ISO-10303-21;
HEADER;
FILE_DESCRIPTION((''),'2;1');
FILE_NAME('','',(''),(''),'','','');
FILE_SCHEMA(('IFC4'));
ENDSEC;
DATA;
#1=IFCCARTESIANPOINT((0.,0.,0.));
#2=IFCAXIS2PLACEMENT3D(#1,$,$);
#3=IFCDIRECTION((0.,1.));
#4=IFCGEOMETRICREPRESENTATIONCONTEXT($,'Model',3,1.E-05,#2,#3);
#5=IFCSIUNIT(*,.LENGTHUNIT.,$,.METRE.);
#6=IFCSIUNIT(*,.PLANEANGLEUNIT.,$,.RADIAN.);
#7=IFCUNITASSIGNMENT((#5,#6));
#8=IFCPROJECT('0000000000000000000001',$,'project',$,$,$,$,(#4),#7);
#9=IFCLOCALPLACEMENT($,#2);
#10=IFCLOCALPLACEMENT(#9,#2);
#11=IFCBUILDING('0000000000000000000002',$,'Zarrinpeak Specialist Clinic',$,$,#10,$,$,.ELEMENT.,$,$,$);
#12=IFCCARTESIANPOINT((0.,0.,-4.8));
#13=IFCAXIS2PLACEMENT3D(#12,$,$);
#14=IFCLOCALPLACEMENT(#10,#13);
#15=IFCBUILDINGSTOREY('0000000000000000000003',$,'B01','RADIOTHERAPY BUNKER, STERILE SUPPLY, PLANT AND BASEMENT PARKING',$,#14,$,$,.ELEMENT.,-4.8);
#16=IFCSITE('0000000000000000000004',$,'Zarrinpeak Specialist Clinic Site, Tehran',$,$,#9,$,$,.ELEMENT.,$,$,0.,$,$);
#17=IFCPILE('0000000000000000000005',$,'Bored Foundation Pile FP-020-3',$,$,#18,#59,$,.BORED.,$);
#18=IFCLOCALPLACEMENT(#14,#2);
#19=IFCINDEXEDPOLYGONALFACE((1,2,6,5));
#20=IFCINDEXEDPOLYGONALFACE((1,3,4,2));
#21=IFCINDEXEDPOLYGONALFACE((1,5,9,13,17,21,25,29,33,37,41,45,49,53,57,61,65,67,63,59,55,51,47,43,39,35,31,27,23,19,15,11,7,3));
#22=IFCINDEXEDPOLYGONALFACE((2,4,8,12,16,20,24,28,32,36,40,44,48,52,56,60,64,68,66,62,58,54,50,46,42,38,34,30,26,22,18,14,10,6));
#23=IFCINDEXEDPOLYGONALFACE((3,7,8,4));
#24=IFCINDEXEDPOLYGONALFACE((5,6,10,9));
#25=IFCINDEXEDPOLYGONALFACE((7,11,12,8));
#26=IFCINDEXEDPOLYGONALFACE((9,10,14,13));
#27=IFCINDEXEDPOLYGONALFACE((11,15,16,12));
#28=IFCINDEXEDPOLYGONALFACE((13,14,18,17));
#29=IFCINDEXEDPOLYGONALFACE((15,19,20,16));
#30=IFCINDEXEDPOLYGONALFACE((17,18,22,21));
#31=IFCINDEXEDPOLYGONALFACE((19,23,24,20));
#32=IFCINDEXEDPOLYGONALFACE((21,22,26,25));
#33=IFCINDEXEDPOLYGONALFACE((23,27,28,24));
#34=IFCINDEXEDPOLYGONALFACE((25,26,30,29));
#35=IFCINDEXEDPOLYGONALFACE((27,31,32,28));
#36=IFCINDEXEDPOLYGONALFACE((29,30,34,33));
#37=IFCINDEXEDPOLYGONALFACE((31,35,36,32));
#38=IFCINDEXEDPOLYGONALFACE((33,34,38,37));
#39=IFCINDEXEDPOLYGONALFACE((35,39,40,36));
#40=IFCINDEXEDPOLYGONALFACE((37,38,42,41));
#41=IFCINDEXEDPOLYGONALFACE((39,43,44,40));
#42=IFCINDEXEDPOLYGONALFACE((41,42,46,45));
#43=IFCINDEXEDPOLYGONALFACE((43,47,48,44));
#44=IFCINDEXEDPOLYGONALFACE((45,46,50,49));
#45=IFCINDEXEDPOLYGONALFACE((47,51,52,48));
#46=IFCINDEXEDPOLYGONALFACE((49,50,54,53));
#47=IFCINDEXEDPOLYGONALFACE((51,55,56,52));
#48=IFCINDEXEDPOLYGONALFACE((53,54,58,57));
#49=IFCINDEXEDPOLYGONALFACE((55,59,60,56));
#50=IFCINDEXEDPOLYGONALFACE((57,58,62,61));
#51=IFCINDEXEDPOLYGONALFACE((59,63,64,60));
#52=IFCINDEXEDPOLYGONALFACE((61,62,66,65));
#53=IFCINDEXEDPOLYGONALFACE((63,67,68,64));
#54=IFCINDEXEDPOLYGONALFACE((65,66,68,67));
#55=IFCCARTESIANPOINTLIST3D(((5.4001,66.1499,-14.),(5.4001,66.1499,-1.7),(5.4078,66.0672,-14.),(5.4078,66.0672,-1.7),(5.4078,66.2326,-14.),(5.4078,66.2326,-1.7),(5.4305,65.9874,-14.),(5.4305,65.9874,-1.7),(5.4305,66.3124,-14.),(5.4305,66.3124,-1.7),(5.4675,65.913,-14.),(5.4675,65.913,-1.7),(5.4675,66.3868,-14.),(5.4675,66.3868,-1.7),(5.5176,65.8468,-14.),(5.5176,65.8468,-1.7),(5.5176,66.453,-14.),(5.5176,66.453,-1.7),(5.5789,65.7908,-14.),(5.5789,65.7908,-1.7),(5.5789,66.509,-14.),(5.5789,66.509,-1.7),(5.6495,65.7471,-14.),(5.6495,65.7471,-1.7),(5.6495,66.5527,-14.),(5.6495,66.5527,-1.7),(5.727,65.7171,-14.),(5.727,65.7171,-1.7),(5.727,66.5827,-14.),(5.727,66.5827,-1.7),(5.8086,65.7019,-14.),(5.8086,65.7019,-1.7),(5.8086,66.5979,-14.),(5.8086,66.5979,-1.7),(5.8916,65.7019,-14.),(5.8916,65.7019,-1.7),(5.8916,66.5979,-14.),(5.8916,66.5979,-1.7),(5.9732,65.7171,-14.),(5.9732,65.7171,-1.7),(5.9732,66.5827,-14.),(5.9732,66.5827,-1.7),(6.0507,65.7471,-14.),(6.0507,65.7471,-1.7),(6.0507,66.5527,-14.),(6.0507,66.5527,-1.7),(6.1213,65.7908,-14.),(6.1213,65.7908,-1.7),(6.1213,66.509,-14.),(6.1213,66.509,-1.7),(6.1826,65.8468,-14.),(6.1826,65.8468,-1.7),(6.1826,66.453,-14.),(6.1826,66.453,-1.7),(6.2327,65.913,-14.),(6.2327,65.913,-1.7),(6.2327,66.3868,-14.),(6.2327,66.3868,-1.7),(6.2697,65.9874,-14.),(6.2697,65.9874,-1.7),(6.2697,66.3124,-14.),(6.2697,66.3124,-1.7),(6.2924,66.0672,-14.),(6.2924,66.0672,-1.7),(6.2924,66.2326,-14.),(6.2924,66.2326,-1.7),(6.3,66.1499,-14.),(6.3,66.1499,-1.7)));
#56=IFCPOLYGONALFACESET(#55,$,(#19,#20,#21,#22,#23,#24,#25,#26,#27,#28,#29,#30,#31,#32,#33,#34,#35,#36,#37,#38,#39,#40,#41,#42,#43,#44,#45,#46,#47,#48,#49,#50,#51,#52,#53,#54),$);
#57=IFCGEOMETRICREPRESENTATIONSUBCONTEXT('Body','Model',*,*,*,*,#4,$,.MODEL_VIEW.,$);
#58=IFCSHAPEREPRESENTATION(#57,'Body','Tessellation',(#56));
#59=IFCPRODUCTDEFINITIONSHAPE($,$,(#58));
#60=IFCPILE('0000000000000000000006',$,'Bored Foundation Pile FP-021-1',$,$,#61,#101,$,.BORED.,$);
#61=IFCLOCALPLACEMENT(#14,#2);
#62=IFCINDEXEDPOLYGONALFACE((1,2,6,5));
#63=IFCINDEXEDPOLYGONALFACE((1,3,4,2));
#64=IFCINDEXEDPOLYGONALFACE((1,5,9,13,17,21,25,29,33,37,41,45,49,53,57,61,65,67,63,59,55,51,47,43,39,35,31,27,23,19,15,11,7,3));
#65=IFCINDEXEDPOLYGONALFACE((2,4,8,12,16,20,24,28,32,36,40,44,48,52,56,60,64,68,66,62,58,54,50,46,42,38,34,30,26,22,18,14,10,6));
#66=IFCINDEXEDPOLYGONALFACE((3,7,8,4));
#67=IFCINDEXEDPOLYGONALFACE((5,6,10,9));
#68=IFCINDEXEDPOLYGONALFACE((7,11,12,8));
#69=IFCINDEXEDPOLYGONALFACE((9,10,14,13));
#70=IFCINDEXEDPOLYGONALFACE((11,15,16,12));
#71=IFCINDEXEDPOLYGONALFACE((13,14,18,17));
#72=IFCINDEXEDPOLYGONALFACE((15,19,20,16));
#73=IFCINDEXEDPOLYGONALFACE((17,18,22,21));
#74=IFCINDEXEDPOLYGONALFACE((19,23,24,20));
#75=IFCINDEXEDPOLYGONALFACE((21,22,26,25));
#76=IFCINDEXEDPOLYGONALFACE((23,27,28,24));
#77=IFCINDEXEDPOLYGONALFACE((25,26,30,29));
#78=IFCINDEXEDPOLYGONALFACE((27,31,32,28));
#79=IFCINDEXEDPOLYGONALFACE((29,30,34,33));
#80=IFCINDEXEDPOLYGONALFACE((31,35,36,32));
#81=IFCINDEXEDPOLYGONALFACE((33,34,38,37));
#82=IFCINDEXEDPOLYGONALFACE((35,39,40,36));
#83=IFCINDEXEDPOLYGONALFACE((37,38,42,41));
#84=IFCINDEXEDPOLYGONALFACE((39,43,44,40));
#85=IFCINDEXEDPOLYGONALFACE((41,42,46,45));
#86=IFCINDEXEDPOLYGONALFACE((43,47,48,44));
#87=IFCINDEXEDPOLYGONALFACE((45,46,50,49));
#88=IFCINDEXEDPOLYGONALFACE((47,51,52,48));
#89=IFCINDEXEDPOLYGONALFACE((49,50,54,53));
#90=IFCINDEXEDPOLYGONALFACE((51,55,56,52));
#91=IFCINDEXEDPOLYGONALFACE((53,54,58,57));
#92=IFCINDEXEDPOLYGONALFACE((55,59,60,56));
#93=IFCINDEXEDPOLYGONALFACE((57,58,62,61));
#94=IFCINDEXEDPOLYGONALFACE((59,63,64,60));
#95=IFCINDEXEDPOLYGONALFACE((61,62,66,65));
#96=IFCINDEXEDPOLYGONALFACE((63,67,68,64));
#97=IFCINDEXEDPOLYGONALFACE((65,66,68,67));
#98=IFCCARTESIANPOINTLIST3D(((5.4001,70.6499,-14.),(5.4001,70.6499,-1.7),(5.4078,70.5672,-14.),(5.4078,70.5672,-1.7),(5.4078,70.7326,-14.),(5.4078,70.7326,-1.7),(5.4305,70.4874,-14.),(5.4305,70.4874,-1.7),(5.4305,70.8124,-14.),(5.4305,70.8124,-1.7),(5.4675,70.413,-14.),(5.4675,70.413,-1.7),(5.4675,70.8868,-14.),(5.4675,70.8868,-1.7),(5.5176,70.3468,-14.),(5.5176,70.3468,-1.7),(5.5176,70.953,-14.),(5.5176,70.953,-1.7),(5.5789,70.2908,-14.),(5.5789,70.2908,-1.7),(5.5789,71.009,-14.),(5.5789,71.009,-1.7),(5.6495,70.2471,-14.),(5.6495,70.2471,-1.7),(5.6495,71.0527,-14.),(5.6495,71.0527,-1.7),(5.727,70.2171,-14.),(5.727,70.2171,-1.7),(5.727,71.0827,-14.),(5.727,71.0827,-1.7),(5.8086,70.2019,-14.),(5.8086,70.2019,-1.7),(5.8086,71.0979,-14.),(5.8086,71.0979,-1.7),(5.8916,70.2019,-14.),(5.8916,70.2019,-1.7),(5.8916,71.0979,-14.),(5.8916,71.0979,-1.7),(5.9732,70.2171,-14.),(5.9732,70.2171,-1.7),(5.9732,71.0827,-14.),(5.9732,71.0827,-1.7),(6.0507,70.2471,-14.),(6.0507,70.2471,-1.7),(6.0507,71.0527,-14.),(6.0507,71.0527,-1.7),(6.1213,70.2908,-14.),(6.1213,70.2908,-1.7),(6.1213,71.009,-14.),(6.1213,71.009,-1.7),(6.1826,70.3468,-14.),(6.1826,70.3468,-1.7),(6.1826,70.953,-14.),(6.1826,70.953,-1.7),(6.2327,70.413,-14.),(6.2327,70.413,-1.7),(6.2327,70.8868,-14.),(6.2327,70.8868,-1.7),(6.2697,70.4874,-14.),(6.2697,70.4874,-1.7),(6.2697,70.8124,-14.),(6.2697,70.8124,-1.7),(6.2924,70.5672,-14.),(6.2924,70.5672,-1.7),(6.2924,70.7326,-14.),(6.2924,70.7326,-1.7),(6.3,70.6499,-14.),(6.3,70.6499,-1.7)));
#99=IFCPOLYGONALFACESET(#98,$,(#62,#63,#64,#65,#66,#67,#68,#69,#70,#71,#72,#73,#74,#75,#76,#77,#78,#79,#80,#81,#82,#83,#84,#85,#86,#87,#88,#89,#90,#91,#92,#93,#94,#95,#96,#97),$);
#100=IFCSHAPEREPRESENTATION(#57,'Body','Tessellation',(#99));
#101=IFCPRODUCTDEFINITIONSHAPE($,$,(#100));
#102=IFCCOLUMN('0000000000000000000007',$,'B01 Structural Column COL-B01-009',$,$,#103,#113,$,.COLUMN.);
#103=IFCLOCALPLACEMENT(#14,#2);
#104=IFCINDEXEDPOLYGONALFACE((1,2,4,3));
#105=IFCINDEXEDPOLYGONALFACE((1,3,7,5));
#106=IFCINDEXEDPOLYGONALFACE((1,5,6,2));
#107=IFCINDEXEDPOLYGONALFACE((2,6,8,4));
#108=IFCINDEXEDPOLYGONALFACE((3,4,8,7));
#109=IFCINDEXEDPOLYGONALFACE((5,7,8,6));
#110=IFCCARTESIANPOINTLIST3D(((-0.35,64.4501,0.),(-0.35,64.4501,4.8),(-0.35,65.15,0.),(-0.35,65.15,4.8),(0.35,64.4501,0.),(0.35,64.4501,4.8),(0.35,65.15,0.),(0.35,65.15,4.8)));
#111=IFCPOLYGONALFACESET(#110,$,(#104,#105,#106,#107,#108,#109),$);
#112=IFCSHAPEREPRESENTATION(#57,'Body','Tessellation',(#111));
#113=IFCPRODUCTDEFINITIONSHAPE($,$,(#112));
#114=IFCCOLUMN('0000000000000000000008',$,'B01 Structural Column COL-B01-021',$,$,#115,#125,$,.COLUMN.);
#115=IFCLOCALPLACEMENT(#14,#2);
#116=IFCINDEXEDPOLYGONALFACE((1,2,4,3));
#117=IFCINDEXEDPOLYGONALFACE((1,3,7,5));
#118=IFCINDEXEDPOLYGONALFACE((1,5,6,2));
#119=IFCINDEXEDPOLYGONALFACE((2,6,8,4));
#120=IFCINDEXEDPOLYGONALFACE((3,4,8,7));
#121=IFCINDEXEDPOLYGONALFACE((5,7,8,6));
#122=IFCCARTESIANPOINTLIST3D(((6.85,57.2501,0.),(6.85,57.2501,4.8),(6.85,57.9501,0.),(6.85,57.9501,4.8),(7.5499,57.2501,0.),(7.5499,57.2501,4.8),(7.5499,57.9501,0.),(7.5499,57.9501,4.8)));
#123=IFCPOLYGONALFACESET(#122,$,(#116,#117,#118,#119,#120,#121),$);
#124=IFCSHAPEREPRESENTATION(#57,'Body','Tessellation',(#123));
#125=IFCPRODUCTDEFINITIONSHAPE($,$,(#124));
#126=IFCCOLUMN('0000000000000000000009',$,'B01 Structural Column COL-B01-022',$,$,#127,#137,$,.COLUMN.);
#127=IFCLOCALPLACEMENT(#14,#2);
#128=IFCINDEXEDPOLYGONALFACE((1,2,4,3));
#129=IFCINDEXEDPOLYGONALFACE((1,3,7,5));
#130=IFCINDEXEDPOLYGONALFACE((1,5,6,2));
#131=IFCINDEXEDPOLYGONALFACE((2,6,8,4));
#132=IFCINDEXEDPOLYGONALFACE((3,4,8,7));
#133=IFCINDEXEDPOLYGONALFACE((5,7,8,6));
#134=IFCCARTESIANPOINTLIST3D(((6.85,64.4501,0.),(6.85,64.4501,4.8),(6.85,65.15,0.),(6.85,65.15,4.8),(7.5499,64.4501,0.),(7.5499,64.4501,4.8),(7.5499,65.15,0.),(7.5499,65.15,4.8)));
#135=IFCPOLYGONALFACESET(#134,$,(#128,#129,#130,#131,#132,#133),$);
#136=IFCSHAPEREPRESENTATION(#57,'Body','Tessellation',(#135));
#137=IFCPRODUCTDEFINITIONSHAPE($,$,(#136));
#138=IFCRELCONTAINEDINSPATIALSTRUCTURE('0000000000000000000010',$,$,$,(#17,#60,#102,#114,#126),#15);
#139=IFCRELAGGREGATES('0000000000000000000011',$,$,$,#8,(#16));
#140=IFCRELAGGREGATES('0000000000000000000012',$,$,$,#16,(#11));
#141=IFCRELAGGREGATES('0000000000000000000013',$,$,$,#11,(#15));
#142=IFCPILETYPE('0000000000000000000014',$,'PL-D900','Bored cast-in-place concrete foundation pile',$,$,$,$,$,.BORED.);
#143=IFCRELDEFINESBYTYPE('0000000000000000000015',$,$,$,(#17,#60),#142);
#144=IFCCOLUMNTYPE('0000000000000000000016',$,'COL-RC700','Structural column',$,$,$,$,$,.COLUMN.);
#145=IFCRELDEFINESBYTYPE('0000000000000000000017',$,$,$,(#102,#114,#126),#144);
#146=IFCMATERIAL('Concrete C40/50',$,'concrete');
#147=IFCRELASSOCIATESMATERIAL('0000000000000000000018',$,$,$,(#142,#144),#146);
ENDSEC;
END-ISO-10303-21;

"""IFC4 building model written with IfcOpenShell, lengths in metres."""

from ifc_helpers import new_model, si_unit, direction, frame, origin, origin_2d, place, context, subcontext, project, spatial, rectangle, circle, extrude, material, material_profile, profile_set, type_object, element, save


model = new_model("IFC4")

# Units and contexts
model_context = context("Model", 3, precision=1e-05, world=origin(), true_north=direction((0.0, 1.0)))
body_context = subcontext(model_context, "Body", "Model", "MODEL_VIEW")
ifc_project = project(units=[si_unit("LENGTHUNIT", "METRE"), si_unit("PLANEANGLEUNIT", "RADIAN")], contexts=[model_context])

# Site, building, storey
site_placement = place(None, origin())
site = spatial("IfcSite", under=ifc_project, at=site_placement, Name="Zarrinpeak Specialist Clinic Site, Tehran", CompositionType="ELEMENT", RefElevation=0.0)
building_placement = place(site_placement, origin())
building = spatial("IfcBuilding", under=site, at=building_placement, Name="Zarrinpeak Specialist Clinic", CompositionType="ELEMENT")
storey_placement = place(building_placement, frame((0.0, 0.0, -4.8)))
storey = spatial("IfcBuildingStorey", under=building, at=storey_placement, Name="B01", Description="RADIOTHERAPY BUNKER, STERILE SUPPLY, PLANT AND BASEMENT PARKING", CompositionType="ELEMENT", Elevation=-4.8)

# Shared definitions
ifc_material_1 = material(Name="Concrete C40/50", Category="concrete")

# Piles
ifc_material_profile_1 = material_profile(ifc_material_1, circle(Radius=0.45, at=origin_2d()), Name="BORED PILE D900")
ifc_profile_set_1 = profile_set([ifc_material_profile_1], Name="Concrete C40/50")
pile_type = type_object("IfcPileType", Name="PL-D900", Description="Bored cast-in-place concrete foundation pile", PredefinedType="BORED", material=ifc_profile_set_1)
for number, where, z_axis, x_axis, name in (
    (1, (5.8501, 66.1499, -1.7), (0.0, 0.0, -1.0), (1.0, 0.0, 0.0), "Bored Foundation Pile FP-020-3"),
    (2, (5.8501, 70.6499, -1.7), (0.0, 0.0, -1.0), (1.0, 0.0, 0.0), "Bored Foundation Pile FP-021-1"),
):
    element("IfcPile", number, at=place(storey_placement, frame(where, z_axis=z_axis, x_axis=x_axis)), inside=storey, type_object=pile_type, Name=name, PredefinedType="BORED", context=body_context, shape_type="SweptSolid", body=[
        extrude(circle(Radius=0.45, at=origin_2d()), origin(), (0.0, 0.0, 1.0), 12.3),
    ])

# Columns
ifc_material_profile_2 = material_profile(ifc_material_1, rectangle(XDim=0.7, YDim=0.7, at=origin_2d()), Name="RC 700x700")
ifc_profile_set_2 = profile_set([ifc_material_profile_2], Name="Concrete C40/50")
column_type = type_object("IfcColumnType", Name="COL-RC700", Description="Structural column", PredefinedType="COLUMN", material=ifc_profile_set_2)
for number, where, z_axis, x_axis, name in (
    (3, (0.0, 64.8, 0.0), (0.0, 0.0, 1.0), (1.0, 0.0, 0.0), "B01 Structural Column COL-B01-009"),
    (4, (7.2, 57.6001, 0.0), (0.0, 0.0, 1.0), (1.0, 0.0, 0.0), "B01 Structural Column COL-B01-021"),
    (5, (7.2, 64.8, 0.0), (0.0, 0.0, 1.0), (1.0, 0.0, 0.0), "B01 Structural Column COL-B01-022"),
):
    element("IfcColumn", number, at=place(storey_placement, frame(where, z_axis=z_axis, x_axis=x_axis)), inside=storey, type_object=column_type, Name=name, PredefinedType="COLUMN", context=body_context, shape_type="SweptSolid", body=[
        extrude(rectangle(XDim=0.7, YDim=0.7, at=origin_2d()), origin(), (0.0, 0.0, 1.0), 4.8),
    ])

save(model, "model.ifc")
